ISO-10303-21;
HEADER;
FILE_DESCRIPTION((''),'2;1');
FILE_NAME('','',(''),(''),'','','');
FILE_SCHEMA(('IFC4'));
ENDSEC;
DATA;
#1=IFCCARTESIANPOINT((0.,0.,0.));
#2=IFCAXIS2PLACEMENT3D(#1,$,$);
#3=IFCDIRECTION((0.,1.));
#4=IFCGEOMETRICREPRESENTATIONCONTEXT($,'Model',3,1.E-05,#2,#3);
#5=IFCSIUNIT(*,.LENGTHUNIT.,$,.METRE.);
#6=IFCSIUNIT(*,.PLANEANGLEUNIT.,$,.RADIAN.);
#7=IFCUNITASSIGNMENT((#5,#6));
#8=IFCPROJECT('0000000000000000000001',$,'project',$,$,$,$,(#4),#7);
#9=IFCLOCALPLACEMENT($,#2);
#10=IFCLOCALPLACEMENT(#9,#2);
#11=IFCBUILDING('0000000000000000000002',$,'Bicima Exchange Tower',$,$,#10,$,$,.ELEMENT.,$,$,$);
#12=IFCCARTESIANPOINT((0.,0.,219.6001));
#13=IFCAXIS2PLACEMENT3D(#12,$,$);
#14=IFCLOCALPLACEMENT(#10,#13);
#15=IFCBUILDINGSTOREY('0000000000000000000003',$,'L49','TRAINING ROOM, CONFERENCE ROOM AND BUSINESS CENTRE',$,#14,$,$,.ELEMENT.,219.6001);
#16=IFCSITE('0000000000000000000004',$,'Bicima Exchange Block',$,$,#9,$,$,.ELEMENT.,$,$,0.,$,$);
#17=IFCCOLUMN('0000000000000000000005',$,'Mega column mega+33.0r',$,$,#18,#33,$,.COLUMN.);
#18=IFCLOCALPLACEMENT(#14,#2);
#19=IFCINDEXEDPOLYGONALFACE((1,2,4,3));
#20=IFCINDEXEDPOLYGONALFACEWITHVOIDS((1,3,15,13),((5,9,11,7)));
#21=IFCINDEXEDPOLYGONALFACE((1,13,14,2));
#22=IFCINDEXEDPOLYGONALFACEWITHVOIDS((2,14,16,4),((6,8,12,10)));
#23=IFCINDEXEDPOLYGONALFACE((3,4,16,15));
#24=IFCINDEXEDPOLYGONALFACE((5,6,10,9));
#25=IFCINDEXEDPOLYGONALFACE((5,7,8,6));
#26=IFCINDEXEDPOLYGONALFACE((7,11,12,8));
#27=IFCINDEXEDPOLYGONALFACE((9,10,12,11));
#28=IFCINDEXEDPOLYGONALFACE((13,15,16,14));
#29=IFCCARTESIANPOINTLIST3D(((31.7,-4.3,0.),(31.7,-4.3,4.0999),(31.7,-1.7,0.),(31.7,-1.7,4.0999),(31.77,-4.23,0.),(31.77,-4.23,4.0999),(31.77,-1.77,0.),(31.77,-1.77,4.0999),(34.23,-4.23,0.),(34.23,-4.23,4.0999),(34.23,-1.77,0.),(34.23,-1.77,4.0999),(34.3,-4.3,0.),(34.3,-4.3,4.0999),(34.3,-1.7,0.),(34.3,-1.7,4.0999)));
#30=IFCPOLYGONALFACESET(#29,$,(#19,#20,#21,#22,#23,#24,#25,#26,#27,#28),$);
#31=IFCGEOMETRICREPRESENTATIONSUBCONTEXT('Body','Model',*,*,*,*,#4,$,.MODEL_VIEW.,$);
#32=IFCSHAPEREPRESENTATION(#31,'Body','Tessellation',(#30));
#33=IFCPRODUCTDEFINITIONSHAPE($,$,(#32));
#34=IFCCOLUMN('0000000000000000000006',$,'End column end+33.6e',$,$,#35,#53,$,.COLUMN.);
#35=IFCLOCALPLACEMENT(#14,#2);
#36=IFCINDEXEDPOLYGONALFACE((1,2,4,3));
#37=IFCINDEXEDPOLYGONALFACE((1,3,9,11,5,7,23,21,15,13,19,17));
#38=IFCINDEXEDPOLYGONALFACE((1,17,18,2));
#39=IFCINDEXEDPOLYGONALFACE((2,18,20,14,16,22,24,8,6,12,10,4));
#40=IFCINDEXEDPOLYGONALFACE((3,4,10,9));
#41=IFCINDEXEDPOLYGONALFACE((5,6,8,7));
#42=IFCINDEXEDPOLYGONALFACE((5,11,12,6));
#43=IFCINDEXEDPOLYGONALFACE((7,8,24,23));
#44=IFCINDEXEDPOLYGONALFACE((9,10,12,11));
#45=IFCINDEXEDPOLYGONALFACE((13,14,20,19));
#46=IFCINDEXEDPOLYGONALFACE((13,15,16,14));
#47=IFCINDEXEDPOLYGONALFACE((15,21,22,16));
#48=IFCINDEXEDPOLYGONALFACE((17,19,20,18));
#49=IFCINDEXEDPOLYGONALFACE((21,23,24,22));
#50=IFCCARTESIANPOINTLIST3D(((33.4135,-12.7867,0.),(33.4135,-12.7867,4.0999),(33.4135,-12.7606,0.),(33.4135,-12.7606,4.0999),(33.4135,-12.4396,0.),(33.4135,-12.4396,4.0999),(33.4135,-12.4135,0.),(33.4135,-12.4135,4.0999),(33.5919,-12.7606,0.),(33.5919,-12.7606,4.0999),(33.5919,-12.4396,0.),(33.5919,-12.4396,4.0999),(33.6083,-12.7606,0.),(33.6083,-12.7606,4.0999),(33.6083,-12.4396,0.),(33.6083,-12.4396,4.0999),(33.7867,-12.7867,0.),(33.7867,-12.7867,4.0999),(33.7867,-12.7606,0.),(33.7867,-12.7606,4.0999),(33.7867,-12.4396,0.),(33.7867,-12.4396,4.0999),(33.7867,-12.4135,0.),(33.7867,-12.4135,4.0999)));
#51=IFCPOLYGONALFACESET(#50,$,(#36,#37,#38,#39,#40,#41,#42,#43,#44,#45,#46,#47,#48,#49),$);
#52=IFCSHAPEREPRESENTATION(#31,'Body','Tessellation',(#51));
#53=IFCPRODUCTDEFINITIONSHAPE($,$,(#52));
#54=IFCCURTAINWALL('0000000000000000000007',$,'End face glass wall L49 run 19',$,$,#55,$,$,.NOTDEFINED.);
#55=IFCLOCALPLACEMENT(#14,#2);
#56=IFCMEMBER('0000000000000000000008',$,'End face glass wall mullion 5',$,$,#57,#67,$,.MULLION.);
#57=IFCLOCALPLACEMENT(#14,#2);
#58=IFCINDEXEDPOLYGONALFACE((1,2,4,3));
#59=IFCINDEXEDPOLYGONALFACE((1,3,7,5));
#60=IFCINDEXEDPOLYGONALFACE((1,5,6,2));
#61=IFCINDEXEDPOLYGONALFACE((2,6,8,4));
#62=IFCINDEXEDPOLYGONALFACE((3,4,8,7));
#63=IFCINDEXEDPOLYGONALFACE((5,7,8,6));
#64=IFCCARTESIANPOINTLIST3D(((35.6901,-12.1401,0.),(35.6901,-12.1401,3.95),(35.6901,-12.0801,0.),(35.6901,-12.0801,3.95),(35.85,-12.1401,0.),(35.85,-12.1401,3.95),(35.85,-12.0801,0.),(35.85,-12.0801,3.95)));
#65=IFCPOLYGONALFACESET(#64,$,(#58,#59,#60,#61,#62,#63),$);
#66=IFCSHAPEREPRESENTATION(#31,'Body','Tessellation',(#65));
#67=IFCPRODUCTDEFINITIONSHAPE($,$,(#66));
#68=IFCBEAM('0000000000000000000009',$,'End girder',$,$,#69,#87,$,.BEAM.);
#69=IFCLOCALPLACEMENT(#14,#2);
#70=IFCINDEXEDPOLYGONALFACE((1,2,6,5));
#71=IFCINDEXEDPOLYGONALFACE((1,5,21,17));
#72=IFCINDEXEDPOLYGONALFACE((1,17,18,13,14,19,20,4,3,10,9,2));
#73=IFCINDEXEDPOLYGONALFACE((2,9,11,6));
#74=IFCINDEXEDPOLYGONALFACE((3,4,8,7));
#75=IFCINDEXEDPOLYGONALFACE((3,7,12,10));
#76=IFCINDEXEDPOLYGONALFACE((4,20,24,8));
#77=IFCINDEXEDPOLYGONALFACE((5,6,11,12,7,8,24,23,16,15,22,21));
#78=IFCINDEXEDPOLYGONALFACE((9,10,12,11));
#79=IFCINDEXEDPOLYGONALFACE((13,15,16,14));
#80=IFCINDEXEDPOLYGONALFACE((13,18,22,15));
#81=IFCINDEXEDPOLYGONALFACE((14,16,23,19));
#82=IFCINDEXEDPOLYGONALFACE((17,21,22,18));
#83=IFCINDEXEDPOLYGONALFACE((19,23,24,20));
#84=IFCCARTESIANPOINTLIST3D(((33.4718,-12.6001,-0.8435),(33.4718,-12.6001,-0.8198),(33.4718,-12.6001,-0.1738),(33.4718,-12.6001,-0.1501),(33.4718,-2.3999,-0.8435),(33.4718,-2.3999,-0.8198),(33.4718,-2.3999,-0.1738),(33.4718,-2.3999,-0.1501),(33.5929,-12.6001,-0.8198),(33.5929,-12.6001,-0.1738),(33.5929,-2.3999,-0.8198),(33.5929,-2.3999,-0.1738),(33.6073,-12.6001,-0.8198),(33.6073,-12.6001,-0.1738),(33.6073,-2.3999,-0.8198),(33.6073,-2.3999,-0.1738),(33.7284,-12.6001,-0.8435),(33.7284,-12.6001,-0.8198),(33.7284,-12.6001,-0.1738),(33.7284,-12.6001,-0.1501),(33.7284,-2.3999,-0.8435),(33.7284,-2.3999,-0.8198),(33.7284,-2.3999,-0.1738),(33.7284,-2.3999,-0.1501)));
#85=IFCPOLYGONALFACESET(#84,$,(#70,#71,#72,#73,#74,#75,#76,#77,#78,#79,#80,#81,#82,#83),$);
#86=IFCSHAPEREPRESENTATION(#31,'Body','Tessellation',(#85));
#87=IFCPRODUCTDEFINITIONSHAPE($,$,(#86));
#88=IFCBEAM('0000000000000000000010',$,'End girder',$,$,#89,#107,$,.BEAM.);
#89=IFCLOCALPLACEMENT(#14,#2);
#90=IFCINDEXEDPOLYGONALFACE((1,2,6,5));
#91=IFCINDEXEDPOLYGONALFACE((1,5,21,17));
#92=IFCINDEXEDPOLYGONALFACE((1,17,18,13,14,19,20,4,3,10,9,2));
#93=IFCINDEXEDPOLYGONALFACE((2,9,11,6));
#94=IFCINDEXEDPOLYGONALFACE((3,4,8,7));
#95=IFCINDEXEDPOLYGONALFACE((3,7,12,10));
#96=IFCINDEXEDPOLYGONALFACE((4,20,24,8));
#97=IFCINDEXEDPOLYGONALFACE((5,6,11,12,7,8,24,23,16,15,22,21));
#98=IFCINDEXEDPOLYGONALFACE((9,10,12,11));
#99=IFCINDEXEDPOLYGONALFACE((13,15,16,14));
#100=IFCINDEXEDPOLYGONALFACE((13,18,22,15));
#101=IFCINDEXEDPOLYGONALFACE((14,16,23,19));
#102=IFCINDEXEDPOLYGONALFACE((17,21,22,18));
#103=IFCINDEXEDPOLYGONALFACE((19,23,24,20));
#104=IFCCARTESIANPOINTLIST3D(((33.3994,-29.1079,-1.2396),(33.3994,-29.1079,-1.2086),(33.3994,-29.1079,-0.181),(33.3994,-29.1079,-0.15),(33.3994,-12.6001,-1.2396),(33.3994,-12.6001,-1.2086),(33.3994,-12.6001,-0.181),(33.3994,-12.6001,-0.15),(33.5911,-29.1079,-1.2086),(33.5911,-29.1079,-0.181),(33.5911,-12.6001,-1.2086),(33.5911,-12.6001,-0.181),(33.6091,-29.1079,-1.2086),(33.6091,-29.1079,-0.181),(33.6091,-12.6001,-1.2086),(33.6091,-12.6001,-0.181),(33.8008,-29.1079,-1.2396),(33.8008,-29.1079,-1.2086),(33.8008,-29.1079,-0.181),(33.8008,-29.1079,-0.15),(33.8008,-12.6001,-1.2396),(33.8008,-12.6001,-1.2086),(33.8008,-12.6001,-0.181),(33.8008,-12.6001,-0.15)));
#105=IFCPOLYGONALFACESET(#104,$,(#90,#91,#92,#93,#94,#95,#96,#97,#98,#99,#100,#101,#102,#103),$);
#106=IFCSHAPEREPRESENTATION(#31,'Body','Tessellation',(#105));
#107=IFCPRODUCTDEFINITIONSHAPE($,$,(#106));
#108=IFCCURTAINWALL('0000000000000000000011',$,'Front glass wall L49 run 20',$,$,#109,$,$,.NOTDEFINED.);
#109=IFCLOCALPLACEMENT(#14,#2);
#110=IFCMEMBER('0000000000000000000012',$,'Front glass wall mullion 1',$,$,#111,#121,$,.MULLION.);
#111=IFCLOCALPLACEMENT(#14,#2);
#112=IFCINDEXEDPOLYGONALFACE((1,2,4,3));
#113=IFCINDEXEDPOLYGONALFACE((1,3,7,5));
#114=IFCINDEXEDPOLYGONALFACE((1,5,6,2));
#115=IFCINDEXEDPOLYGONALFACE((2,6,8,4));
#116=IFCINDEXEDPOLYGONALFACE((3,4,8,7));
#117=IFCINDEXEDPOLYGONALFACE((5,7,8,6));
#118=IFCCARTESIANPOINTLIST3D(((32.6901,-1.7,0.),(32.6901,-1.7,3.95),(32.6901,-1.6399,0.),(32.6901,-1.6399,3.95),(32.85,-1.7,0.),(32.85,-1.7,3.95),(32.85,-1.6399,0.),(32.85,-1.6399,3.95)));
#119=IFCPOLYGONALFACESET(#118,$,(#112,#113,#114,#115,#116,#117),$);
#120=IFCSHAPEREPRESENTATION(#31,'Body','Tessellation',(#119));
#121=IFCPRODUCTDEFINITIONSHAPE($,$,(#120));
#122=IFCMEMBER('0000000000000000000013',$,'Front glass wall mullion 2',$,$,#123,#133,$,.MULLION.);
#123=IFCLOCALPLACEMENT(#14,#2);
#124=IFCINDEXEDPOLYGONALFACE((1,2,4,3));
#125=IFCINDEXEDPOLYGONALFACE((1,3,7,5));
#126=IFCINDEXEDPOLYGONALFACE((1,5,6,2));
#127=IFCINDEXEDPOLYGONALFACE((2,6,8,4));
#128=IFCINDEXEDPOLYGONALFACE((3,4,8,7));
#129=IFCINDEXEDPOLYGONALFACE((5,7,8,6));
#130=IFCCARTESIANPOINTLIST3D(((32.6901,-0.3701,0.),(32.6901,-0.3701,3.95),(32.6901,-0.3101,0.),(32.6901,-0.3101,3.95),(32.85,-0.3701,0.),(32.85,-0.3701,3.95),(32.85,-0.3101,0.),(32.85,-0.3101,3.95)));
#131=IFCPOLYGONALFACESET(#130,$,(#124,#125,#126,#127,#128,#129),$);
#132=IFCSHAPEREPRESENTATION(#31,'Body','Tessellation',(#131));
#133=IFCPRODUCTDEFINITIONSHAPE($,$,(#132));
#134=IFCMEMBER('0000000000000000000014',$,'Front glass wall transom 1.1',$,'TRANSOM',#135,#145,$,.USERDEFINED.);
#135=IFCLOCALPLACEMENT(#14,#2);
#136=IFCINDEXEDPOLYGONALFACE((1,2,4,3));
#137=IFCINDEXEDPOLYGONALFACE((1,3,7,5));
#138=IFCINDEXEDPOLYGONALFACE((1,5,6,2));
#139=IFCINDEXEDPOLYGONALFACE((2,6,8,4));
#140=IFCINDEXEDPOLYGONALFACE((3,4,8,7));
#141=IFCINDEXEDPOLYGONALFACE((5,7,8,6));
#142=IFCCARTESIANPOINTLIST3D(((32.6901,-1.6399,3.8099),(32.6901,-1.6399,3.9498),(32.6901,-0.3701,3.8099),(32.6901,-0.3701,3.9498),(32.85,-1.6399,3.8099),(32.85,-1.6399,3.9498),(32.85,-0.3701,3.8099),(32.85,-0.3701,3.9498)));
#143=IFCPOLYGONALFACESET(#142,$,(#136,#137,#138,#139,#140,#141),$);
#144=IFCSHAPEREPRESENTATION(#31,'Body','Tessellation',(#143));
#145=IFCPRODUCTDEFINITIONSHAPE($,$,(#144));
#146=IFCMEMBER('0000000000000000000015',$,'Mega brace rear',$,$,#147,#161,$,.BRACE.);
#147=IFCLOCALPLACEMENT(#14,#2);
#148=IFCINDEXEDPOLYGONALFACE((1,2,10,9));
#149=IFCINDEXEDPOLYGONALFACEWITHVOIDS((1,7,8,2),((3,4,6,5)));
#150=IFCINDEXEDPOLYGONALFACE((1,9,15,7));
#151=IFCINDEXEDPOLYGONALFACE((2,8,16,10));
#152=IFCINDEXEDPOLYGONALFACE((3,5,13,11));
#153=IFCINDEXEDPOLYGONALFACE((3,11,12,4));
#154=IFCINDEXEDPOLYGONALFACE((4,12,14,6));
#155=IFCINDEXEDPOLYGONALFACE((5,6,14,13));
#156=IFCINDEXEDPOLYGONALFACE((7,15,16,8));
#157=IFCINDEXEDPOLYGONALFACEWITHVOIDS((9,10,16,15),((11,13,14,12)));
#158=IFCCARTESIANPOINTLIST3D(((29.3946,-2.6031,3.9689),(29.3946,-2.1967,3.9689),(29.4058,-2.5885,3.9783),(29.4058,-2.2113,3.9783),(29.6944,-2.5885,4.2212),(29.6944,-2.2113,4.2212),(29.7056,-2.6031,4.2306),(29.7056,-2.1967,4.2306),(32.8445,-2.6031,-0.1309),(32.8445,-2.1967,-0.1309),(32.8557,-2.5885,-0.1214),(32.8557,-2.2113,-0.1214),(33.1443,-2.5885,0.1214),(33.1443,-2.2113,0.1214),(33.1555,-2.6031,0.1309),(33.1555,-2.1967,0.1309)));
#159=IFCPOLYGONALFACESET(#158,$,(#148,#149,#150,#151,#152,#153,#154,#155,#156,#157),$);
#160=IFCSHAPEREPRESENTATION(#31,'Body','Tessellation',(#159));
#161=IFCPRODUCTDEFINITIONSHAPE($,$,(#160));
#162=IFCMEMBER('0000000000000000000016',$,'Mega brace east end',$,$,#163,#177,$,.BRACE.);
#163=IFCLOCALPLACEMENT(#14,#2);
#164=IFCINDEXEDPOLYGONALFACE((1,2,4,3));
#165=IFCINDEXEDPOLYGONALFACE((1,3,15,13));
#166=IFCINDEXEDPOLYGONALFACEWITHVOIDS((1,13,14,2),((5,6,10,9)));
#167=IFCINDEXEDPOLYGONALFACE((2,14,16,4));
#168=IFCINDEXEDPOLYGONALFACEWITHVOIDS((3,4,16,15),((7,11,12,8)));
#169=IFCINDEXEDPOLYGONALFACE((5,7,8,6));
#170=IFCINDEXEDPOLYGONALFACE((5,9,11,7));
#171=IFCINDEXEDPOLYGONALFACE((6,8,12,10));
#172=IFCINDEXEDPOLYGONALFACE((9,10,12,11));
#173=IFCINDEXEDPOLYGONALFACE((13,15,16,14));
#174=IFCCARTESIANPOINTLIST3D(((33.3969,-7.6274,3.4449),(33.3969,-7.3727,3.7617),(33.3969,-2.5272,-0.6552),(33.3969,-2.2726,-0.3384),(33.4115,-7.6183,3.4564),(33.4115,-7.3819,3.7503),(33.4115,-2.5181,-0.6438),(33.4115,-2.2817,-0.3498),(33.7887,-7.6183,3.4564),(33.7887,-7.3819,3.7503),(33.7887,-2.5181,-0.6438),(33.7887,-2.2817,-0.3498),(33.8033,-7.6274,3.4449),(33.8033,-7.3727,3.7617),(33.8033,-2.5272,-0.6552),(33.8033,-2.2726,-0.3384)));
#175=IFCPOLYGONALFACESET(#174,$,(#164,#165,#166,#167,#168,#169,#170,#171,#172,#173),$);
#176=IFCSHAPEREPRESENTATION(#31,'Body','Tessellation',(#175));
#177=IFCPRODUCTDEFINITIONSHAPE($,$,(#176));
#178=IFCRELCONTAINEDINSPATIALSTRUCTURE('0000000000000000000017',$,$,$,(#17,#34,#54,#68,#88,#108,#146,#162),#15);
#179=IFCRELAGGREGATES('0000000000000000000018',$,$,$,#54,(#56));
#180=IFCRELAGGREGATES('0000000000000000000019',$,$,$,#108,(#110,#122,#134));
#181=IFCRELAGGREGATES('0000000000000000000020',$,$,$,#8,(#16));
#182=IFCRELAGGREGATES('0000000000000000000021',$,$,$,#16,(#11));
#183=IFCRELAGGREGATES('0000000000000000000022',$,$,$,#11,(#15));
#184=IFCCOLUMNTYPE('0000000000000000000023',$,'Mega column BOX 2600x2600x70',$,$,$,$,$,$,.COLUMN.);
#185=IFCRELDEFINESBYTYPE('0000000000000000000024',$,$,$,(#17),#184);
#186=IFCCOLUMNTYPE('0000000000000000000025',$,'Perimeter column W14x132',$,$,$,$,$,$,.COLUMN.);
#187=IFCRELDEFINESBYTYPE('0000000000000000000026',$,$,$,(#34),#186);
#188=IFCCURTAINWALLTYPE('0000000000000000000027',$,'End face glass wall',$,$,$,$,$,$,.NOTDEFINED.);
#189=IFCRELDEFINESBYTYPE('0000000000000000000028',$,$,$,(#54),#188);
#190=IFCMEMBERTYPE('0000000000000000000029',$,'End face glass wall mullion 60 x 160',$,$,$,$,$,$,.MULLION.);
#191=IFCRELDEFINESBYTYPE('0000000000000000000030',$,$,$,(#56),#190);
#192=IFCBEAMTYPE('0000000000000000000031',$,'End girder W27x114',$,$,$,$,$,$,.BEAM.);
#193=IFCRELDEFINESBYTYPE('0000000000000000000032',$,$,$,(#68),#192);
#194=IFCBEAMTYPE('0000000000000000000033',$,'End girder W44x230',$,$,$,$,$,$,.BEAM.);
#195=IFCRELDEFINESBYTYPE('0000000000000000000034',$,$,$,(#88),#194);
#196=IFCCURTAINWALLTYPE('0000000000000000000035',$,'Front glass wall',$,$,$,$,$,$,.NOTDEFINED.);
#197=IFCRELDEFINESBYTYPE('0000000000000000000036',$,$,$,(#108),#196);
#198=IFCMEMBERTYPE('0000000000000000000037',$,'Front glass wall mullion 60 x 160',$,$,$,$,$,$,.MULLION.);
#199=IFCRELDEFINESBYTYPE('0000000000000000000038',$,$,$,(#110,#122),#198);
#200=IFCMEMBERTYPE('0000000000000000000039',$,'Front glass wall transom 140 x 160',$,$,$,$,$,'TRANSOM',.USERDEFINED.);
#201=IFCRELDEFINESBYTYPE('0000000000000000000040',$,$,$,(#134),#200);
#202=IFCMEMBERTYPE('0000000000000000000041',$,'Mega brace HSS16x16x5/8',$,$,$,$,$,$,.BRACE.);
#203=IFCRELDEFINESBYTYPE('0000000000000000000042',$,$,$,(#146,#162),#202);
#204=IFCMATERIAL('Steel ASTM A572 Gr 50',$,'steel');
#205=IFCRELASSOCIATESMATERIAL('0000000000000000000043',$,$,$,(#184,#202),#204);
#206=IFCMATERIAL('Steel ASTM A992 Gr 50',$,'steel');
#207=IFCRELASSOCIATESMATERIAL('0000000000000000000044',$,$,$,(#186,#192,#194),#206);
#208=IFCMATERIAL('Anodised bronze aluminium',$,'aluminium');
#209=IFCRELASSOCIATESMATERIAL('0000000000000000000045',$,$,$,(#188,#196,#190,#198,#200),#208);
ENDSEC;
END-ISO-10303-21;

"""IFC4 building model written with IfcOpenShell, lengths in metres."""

from ifc_helpers import new_model, si_unit, direction, frame, origin, origin_2d, place, context, subcontext, project, spatial, rectangle, hollow_rectangle, i_section, extrude, material, material_profile, profile_set, type_object, element, aggregate, save


model = new_model("IFC4")

# Units and contexts
model_context = context("Model", 3, precision=1e-05, world=origin(), true_north=direction((0.0, 1.0)))
body_context = subcontext(model_context, "Body", "Model", "MODEL_VIEW")
ifc_project = project(units=[si_unit("LENGTHUNIT", "METRE"), si_unit("PLANEANGLEUNIT", "RADIAN")], contexts=[model_context])

# Site, building, storey
site_placement = place(None, origin())
site = spatial("IfcSite", under=ifc_project, at=site_placement, Name="Bicima Exchange Block", CompositionType="ELEMENT", RefElevation=0.0)
building_placement = place(site_placement, origin())
building = spatial("IfcBuilding", under=site, at=building_placement, Name="Bicima Exchange Tower", CompositionType="ELEMENT")
storey_placement = place(building_placement, frame((0.0, 0.0, 219.6001)))
storey = spatial("IfcBuildingStorey", under=building, at=storey_placement, Name="L49", Description="TRAINING ROOM, CONFERENCE ROOM AND BUSINESS CENTRE", CompositionType="ELEMENT", Elevation=219.6001)

# Columns
ifc_material_1 = material(Name="Steel ASTM A572 Gr 50", Category="steel")
ifc_material_profile_1 = material_profile(ifc_material_1, hollow_rectangle(XDim=2.6001, YDim=2.6001, WallThickness=0.0701, at=origin_2d()))
ifc_profile_set_1 = profile_set([ifc_material_profile_1], Name="Steel ASTM A572 Gr 50")
column_type_1 = type_object("IfcColumnType", Name="Mega column BOX 2600x2600x70", PredefinedType="COLUMN", material=ifc_profile_set_1)
column_1_placement = place(storey_placement, frame((33.0, -3.0, 0.0), z_axis=(0.0, 0.0, 1.0), x_axis=(1.0, 0.0, 0.0)))
element("IfcColumn", 1, at=column_1_placement, inside=storey, type_object=column_type_1, Name="Mega column mega+33.0r", PredefinedType="COLUMN", context=body_context, shape_type="SweptSolid", body=[
    extrude(hollow_rectangle(XDim=2.6001, YDim=2.6001, WallThickness=0.0701, at=origin_2d()), origin(), (0.0, 0.0, 1.0), 4.0999),
])
ifc_material_2 = material(Name="Steel ASTM A992 Gr 50", Category="steel")
ifc_material_profile_2 = material_profile(ifc_material_2, i_section(OverallWidth=0.3733, OverallDepth=0.3733, WebThickness=0.0164, FlangeThickness=0.0261, at=origin_2d()))
ifc_profile_set_2 = profile_set([ifc_material_profile_2], Name="Steel ASTM A992 Gr 50")
column_type_2 = type_object("IfcColumnType", Name="Perimeter column W14x132", PredefinedType="COLUMN", material=ifc_profile_set_2)
column_2_placement = place(storey_placement, frame((33.6001, -12.6001, 0.0), z_axis=(0.0, 0.0, 1.0), x_axis=(1.0, 0.0, 0.0)))
element("IfcColumn", 2, at=column_2_placement, inside=storey, type_object=column_type_2, Name="End column end+33.6e", PredefinedType="COLUMN", context=body_context, shape_type="SweptSolid", body=[
    extrude(i_section(OverallWidth=0.3733, OverallDepth=0.3733, WebThickness=0.0164, FlangeThickness=0.0261, at=origin_2d()), origin(), (0.0, 0.0, 1.0), 4.0999),
])

# Curtain wall, member
ifc_material_3 = material(Name="Anodised bronze aluminium", Category="aluminium")
curtain_wall_type_1 = type_object("IfcCurtainWallType", Name="End face glass wall", PredefinedType="NOTDEFINED", material=ifc_material_3)
curtain_wall_1_placement = place(storey_placement, origin())
curtain_wall_1 = element("IfcCurtainWall", 3, at=curtain_wall_1_placement, inside=storey, type_object=curtain_wall_type_1, Name="End face glass wall L49 run 19", PredefinedType="NOTDEFINED")
ifc_material_profile_3 = material_profile(ifc_material_3, rectangle(XDim=0.1599, YDim=0.0601, at=origin_2d()))
ifc_profile_set_3 = profile_set([ifc_material_profile_3], Name="Anodised bronze aluminium")
member_type_1 = type_object("IfcMemberType", Name="End face glass wall mullion 60 x 160", PredefinedType="MULLION", material=ifc_profile_set_3)
member_1_placement = place(storey_placement, frame((35.77, -12.1101, 0.0), z_axis=(0.0, 0.0, 1.0), x_axis=(-1.0, 0.0, 0.0)))
member_1 = element("IfcMember", 4, at=member_1_placement, type_object=member_type_1, Name="End face glass wall mullion 5", PredefinedType="MULLION", context=body_context, shape_type="SweptSolid", body=[
    extrude(rectangle(XDim=0.1599, YDim=0.0601, at=origin_2d()), origin(), (0.0, 0.0, 1.0), 3.95),
])
aggregate(curtain_wall_1, [member_1])

# Beams
ifc_material_profile_4 = material_profile(ifc_material_2, i_section(OverallWidth=0.2566, OverallDepth=0.6934, WebThickness=0.0144, FlangeThickness=0.0237, at=origin_2d()))
ifc_profile_set_4 = profile_set([ifc_material_profile_4], Name="Steel ASTM A992 Gr 50")
beam_type_1 = type_object("IfcBeamType", Name="End girder W27x114", PredefinedType="BEAM", material=ifc_profile_set_4)
beam_1_placement = place(storey_placement, frame((33.6001, -2.3999, -0.4968), z_axis=(0.0, -1.0, 0.0), x_axis=(1.0, 0.0, 0.0)))
element("IfcBeam", 5, at=beam_1_placement, inside=storey, type_object=beam_type_1, Name="End girder", PredefinedType="BEAM", context=body_context, shape_type="SweptSolid", body=[
    extrude(i_section(OverallWidth=0.2566, OverallDepth=0.6934, WebThickness=0.0144, FlangeThickness=0.0237, at=origin_2d()), origin(), (0.0, 0.0, 1.0), 10.2002),
])
ifc_material_profile_5 = material_profile(ifc_material_2, i_section(OverallWidth=0.4014, OverallDepth=1.0896, WebThickness=0.0181, FlangeThickness=0.031, at=origin_2d()))
ifc_profile_set_5 = profile_set([ifc_material_profile_5], Name="Steel ASTM A992 Gr 50")
beam_type_2 = type_object("IfcBeamType", Name="End girder W44x230", PredefinedType="BEAM", material=ifc_profile_set_5)
beam_2_placement = place(storey_placement, frame((33.6001, -12.6001, -0.6948), z_axis=(0.0, -1.0, 0.0), x_axis=(1.0, 0.0, 0.0)))
element("IfcBeam", 6, at=beam_2_placement, inside=storey, type_object=beam_type_2, Name="End girder", PredefinedType="BEAM", context=body_context, shape_type="SweptSolid", body=[
    extrude(i_section(OverallWidth=0.4014, OverallDepth=1.0896, WebThickness=0.0181, FlangeThickness=0.031, at=origin_2d()), origin(), (0.0, 0.0, 1.0), 16.5078),
])

# Curtain wall, members
curtain_wall_type_2 = type_object("IfcCurtainWallType", Name="Front glass wall", PredefinedType="NOTDEFINED", material=ifc_material_3)
curtain_wall_2_placement = place(storey_placement, origin())
curtain_wall_2 = element("IfcCurtainWall", 7, at=curtain_wall_2_placement, inside=storey, type_object=curtain_wall_type_2, Name="Front glass wall L49 run 20", PredefinedType="NOTDEFINED")
member_type_2 = type_object("IfcMemberType", Name="Front glass wall mullion 60 x 160", PredefinedType="MULLION", material=ifc_profile_set_3)
member_2_placement = place(storey_placement, frame((32.77, -1.6699, 0.0), z_axis=(0.0, 0.0, 1.0), x_axis=(-1.0, 0.0, 0.0)))
member_2 = element("IfcMember", 8, at=member_2_placement, type_object=member_type_2, Name="Front glass wall mullion 1", PredefinedType="MULLION", context=body_context, shape_type="SweptSolid", body=[
    extrude(rectangle(XDim=0.1599, YDim=0.0601, at=origin_2d()), origin(), (0.0, 0.0, 1.0), 3.95),
])
member_3_placement = place(storey_placement, frame((32.77, -0.3401, 0.0), z_axis=(0.0, 0.0, 1.0), x_axis=(-1.0, 0.0, 0.0)))
member_3 = element("IfcMember", 9, at=member_3_placement, type_object=member_type_2, Name="Front glass wall mullion 2", PredefinedType="MULLION", context=body_context, shape_type="SweptSolid", body=[
    extrude(rectangle(XDim=0.1599, YDim=0.0601, at=origin_2d()), origin(), (0.0, 0.0, 1.0), 3.95),
])
ifc_material_profile_6 = material_profile(ifc_material_3, rectangle(XDim=0.1599, YDim=0.1399, at=origin_2d()))
ifc_profile_set_6 = profile_set([ifc_material_profile_6], Name="Anodised bronze aluminium")
member_type_3 = type_object("IfcMemberType", Name="Front glass wall transom 140 x 160", ElementType="TRANSOM", PredefinedType="USERDEFINED", material=ifc_profile_set_6)
member_4_placement = place(storey_placement, frame((32.77, -1.6399, 3.8799), z_axis=(0.0, 1.0, 0.0), x_axis=(-1.0, 0.0, 0.0)))
member_4 = element("IfcMember", 10, at=member_4_placement, type_object=member_type_3, Name="Front glass wall transom 1.1", ObjectType="TRANSOM", PredefinedType="USERDEFINED", context=body_context, shape_type="SweptSolid", body=[
    extrude(rectangle(XDim=0.1599, YDim=0.1399, at=origin_2d()), origin(), (0.0, 0.0, 1.0), 1.2698),
])

# Members
ifc_material_profile_7 = material_profile(ifc_material_1, hollow_rectangle(XDim=0.4065, YDim=0.4065, WallThickness=0.0146, at=origin_2d()))
ifc_profile_set_7 = profile_set([ifc_material_profile_7], Name="Steel ASTM A572 Gr 50")
member_type_4 = type_object("IfcMemberType", Name="Mega brace HSS16x16x5/8", PredefinedType="BRACE", material=ifc_profile_set_7)
member_5_placement = place(storey_placement, frame((33.0, -2.3999, 0.0), z_axis=(-0.643856, 0.0, 0.765146), x_axis=(0.0, -1.0, 0.0)))
element("IfcMember", 11, at=member_5_placement, inside=storey, type_object=member_type_4, Name="Mega brace rear", PredefinedType="BRACE", context=body_context, shape_type="SweptSolid", body=[
    extrude(hollow_rectangle(XDim=0.4065, YDim=0.4065, WallThickness=0.0146, at=origin_2d()), origin(), (0.0, 0.0, 1.0), 5.3582),
])
for number, where, z_axis, x_axis, name in (
    (12, (33.6001, -2.3999, -0.4968), (0.0, -0.779374, 0.626559), (1.0, 0.0, 0.0), "Mega brace east end"),
):
    element("IfcMember", number, at=place(storey_placement, frame(where, z_axis=z_axis, x_axis=x_axis)), inside=storey, type_object=member_type_4, Name=name, PredefinedType="BRACE", context=body_context, shape_type="SweptSolid", body=[
        extrude(hollow_rectangle(XDim=0.4065, YDim=0.4065, WallThickness=0.0146, at=origin_2d()), origin(), (0.0, 0.0, 1.0), 6.5439),
    ])

aggregate(curtain_wall_2, [member_2, member_3, member_4])

save(model, "model.ifc")
